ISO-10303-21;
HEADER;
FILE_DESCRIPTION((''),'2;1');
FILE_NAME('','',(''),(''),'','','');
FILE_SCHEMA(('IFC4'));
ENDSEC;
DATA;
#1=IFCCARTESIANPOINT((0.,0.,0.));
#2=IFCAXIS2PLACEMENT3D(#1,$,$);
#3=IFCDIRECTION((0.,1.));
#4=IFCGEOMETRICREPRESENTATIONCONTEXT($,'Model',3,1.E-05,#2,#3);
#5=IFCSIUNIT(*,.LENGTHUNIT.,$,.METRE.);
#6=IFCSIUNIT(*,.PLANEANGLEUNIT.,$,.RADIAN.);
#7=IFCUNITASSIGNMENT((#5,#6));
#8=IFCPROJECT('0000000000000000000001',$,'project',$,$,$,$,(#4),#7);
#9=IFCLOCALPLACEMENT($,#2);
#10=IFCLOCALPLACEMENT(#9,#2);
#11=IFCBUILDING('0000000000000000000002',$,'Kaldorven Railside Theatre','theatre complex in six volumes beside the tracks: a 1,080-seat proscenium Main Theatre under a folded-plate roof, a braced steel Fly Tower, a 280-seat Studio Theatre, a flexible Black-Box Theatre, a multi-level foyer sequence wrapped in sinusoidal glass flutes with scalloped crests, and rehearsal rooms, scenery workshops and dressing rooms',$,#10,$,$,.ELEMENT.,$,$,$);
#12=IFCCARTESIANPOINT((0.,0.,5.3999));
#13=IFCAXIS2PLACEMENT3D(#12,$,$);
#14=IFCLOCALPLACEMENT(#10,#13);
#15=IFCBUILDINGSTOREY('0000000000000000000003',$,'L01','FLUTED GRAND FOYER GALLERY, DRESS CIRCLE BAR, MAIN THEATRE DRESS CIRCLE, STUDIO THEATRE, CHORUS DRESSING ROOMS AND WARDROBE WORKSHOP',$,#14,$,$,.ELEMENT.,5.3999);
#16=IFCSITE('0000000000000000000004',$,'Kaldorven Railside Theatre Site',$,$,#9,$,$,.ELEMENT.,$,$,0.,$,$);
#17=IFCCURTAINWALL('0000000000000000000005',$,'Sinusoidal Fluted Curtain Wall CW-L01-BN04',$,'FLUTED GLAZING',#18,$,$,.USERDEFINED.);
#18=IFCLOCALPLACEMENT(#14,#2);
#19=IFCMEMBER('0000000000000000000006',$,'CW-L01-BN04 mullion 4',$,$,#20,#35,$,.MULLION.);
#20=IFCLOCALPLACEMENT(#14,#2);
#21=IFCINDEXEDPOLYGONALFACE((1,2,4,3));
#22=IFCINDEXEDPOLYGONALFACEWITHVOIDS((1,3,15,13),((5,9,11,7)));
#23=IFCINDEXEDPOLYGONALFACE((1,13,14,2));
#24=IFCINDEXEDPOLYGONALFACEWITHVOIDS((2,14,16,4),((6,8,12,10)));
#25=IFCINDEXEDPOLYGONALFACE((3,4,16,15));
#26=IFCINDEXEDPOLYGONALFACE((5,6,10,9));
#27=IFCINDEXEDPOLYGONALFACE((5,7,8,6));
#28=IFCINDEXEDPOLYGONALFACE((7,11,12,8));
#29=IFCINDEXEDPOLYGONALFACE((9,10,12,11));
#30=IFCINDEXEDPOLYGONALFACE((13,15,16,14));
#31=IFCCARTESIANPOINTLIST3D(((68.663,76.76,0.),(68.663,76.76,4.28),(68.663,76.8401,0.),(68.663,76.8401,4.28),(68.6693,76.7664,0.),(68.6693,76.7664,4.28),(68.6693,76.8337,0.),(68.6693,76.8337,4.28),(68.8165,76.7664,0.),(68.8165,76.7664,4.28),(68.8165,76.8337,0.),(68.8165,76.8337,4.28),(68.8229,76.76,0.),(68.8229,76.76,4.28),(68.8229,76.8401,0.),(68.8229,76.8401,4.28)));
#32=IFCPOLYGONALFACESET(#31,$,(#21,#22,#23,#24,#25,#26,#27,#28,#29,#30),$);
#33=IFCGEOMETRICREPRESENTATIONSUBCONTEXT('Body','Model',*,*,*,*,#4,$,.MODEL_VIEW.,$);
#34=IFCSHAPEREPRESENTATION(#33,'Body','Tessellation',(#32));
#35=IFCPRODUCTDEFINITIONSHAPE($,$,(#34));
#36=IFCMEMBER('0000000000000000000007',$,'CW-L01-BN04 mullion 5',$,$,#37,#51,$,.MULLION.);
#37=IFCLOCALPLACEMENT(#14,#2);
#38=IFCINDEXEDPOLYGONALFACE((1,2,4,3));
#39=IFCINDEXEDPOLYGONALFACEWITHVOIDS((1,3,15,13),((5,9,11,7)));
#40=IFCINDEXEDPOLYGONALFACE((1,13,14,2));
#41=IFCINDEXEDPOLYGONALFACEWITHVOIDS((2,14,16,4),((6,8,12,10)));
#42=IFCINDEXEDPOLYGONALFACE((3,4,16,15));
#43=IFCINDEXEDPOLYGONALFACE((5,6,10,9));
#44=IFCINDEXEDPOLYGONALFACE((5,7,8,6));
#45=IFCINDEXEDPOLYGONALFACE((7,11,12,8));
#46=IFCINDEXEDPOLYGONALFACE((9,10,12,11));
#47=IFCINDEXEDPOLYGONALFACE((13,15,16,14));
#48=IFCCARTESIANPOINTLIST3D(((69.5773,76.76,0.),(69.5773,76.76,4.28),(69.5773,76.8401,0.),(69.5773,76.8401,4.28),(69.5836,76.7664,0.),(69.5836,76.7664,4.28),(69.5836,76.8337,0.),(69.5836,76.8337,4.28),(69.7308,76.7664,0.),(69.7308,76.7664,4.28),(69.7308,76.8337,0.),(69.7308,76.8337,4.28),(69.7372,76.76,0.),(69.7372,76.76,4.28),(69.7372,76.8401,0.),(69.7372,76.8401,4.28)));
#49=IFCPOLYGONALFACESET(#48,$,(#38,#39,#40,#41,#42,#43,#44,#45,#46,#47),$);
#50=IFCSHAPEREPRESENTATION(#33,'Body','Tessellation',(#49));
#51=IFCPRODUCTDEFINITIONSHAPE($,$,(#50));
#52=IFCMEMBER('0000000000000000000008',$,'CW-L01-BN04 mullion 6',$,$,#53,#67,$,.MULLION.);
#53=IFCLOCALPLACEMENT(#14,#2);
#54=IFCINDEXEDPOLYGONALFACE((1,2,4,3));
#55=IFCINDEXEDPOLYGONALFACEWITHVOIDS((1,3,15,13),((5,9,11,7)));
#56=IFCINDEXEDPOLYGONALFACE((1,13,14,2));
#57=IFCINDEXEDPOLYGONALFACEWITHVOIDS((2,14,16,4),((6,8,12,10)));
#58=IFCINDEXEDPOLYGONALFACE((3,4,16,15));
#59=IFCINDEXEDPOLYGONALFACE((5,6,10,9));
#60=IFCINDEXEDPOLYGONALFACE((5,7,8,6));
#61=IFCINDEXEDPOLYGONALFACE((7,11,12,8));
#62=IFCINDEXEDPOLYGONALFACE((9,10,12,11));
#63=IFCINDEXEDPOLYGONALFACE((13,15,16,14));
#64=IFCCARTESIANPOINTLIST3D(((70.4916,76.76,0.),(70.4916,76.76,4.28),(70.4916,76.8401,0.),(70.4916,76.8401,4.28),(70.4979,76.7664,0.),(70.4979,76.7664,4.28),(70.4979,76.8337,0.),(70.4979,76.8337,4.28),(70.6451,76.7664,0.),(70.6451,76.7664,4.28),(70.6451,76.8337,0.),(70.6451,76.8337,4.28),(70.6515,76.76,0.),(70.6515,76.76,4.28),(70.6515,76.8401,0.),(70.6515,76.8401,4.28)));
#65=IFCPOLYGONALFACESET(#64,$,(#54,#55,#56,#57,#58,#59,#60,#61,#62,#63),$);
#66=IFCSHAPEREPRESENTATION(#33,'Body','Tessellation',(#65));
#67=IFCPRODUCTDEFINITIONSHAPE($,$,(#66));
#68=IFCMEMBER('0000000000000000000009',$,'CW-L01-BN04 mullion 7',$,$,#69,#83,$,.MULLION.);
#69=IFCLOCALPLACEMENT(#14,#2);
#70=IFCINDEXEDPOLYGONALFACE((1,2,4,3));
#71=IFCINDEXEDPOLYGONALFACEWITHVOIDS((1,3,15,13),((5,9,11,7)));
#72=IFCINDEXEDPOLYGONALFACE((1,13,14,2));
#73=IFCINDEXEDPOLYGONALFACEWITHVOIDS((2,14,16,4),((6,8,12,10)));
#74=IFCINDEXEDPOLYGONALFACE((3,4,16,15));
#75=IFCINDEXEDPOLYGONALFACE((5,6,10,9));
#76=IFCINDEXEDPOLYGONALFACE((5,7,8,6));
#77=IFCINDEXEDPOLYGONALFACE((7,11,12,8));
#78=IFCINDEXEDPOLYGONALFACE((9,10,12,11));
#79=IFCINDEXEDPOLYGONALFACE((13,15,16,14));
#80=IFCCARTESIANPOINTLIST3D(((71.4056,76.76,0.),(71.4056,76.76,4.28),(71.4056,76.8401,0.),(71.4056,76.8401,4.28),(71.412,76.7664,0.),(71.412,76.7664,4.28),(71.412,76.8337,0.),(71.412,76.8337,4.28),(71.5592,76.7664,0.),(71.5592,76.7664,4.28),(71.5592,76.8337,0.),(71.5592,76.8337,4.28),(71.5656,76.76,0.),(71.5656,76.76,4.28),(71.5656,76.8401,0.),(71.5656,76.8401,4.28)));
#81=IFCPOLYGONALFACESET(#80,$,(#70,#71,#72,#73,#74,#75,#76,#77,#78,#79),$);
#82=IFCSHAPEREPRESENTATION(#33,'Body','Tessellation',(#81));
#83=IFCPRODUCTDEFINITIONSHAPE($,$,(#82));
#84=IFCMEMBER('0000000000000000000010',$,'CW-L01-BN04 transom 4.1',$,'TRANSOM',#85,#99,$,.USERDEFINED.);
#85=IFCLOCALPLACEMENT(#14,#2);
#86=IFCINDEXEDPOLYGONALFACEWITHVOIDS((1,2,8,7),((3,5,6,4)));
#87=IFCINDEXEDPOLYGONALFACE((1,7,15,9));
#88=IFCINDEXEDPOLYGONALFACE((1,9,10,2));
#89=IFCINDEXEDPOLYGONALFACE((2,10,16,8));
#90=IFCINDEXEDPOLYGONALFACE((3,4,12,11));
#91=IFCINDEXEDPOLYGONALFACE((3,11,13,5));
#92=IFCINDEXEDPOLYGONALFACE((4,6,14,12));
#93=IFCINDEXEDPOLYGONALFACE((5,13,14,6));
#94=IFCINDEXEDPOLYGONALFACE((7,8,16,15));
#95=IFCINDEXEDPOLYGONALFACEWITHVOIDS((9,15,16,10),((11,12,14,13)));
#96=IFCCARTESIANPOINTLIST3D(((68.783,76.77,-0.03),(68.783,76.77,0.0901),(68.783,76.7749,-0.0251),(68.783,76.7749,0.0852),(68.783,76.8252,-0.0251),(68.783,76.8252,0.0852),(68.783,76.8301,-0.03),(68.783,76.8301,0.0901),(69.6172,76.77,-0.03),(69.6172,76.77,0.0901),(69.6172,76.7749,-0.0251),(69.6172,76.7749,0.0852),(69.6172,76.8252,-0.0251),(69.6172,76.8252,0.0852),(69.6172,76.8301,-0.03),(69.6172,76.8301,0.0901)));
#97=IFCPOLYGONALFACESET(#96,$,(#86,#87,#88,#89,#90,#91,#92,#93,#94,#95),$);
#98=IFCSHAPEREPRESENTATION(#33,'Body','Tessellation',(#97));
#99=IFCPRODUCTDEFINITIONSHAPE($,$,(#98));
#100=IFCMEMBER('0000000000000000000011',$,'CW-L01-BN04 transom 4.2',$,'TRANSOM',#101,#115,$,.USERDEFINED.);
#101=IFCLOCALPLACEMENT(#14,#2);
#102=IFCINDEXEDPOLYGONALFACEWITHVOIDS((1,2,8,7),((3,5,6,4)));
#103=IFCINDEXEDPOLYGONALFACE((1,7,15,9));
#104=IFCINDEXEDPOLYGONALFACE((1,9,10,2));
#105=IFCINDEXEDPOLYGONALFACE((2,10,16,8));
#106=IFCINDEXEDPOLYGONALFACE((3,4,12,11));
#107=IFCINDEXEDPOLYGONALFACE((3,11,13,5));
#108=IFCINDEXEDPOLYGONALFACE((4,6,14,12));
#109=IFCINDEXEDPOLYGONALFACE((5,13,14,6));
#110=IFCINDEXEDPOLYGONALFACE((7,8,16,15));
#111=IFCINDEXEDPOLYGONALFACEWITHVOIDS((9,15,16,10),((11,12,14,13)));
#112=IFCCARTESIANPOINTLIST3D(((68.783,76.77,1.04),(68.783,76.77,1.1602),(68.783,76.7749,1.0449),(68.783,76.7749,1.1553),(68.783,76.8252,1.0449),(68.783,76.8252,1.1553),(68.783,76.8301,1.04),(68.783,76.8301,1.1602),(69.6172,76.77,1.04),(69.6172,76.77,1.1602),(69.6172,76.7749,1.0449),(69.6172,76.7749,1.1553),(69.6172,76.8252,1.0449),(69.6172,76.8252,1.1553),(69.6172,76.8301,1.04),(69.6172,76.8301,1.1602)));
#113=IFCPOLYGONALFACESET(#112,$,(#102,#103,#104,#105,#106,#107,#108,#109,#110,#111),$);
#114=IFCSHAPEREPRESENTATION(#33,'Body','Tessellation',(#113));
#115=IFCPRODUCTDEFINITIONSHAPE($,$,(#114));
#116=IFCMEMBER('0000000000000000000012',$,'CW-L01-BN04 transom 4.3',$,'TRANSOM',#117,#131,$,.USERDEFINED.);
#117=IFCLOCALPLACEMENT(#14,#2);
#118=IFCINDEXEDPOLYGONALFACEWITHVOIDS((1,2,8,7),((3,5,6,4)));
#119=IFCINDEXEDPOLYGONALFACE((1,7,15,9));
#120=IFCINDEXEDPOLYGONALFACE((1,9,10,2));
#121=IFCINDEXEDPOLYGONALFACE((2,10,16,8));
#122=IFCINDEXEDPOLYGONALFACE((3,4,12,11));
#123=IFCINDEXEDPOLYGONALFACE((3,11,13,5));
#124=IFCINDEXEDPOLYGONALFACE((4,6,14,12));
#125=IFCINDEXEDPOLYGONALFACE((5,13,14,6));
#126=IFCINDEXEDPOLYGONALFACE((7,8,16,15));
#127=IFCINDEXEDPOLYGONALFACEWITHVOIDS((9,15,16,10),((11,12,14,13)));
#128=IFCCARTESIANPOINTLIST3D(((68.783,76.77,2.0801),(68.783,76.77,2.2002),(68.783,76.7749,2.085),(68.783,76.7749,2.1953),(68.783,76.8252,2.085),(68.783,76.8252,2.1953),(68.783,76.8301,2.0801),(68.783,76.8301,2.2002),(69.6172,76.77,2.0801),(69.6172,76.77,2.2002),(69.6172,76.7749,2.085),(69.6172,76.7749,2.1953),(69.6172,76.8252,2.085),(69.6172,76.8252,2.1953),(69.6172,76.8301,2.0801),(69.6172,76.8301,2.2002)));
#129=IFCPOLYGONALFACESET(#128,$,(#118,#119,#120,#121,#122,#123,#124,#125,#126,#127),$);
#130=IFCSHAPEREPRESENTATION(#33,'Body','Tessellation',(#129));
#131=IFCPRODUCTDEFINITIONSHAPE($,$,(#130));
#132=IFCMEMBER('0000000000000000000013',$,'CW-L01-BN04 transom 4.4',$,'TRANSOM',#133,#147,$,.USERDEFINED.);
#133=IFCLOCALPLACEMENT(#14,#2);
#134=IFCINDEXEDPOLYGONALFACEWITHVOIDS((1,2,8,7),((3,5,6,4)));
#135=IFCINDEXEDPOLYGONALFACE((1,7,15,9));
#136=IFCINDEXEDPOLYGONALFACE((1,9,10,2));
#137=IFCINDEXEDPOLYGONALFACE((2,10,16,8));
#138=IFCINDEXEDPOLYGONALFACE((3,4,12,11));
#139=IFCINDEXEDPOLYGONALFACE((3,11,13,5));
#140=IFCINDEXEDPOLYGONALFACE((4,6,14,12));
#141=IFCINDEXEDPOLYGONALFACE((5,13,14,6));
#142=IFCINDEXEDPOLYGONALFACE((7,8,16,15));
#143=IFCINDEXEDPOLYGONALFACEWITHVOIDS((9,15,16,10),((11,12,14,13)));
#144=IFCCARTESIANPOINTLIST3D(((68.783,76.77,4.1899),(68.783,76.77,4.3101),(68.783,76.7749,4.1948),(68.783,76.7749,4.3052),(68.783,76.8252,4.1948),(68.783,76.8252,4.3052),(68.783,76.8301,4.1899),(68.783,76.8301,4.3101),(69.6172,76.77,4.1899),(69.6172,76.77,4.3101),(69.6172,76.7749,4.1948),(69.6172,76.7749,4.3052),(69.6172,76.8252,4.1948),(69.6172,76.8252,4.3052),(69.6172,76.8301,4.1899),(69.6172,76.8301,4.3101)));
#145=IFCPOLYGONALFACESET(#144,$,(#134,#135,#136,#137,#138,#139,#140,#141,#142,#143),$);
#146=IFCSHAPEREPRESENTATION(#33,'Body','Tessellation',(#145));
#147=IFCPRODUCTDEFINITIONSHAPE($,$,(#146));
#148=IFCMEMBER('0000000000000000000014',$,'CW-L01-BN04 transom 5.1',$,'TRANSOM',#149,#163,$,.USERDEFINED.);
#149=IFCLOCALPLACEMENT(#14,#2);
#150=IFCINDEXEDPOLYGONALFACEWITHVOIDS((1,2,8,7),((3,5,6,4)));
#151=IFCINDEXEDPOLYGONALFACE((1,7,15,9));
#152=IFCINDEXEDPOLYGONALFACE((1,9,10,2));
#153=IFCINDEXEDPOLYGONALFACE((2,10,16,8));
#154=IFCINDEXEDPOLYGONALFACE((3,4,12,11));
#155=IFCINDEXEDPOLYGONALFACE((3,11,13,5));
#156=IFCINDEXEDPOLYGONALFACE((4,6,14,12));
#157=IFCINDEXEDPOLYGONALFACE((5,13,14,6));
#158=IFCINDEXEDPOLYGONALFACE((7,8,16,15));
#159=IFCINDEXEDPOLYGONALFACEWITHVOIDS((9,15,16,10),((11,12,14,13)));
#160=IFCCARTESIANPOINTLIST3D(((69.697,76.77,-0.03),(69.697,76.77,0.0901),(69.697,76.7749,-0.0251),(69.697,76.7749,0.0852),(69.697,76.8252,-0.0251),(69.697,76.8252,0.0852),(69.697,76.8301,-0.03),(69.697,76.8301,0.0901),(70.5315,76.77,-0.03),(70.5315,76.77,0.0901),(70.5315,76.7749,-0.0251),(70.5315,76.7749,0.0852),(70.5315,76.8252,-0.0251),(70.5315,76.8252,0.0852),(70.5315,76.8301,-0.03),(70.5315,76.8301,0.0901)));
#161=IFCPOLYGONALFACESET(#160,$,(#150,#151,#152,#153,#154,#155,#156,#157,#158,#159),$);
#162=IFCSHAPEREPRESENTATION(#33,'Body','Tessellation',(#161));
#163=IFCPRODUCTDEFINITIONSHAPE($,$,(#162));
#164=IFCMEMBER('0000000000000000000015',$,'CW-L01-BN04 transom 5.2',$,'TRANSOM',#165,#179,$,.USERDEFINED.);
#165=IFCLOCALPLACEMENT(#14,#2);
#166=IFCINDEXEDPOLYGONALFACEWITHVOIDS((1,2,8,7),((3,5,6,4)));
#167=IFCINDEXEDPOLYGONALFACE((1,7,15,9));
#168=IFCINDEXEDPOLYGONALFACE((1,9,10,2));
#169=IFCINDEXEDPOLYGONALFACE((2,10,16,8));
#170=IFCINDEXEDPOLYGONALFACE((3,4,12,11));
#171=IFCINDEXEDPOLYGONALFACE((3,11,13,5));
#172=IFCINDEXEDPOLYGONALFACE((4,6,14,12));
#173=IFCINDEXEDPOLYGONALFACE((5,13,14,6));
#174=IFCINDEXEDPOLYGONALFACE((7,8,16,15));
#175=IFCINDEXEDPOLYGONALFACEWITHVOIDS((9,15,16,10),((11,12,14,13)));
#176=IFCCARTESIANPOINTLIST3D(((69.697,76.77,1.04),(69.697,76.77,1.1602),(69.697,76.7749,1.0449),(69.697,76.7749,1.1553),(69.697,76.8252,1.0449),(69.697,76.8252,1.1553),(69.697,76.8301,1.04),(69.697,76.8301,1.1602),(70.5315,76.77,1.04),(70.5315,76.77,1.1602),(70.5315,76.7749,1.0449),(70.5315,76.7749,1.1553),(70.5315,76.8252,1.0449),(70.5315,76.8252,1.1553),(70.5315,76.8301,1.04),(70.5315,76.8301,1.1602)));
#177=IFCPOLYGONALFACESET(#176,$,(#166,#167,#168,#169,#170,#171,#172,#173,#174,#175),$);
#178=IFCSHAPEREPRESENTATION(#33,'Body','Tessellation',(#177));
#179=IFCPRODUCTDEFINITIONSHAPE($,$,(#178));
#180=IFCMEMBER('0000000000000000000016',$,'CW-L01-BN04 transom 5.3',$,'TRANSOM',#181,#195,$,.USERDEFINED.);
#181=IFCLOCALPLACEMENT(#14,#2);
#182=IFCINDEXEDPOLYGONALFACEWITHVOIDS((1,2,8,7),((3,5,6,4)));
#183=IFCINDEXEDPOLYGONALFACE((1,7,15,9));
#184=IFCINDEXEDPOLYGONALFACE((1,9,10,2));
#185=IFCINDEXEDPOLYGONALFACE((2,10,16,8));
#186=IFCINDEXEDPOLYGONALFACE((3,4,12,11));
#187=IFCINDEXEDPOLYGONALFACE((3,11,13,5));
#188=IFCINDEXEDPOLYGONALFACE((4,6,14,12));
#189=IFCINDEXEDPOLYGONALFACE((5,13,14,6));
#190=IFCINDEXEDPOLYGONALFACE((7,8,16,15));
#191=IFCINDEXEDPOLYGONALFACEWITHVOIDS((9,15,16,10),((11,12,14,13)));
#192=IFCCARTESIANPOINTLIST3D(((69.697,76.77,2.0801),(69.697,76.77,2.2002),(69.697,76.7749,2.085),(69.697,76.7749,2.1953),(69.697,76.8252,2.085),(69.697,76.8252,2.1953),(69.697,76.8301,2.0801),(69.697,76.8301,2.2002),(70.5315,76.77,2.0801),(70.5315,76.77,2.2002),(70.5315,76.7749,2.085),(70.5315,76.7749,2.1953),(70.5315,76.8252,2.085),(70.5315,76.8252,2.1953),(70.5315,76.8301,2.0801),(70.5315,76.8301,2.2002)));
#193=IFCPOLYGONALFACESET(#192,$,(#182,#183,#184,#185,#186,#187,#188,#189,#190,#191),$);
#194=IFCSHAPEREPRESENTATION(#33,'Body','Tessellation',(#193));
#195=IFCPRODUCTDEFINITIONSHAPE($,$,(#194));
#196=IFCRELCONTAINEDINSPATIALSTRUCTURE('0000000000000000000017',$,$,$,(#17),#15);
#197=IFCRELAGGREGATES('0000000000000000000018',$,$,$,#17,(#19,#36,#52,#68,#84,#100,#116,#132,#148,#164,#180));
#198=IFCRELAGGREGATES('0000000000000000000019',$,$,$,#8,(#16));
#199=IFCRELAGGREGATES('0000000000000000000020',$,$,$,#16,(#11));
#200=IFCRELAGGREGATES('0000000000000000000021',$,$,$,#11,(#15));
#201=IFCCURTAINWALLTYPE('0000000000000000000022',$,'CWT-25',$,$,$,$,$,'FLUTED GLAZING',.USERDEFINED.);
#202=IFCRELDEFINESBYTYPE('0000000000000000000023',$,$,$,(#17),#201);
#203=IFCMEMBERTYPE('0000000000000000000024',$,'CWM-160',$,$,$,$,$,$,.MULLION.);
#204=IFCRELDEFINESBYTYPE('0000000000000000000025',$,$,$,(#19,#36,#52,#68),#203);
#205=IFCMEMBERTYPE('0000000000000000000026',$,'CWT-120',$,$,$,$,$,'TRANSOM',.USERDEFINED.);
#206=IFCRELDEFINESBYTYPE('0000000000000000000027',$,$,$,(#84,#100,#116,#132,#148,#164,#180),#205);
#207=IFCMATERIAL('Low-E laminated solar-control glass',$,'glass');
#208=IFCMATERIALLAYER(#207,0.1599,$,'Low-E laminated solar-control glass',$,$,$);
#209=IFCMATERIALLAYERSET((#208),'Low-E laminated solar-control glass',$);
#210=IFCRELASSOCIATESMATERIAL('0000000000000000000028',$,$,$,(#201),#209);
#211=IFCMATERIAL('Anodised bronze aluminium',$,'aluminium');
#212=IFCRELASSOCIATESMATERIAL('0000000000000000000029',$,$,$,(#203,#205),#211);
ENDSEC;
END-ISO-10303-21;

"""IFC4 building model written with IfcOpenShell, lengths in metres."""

from ifc_helpers import new_model, si_unit, direction, frame, origin, origin_2d, place, context, subcontext, project, spatial, hollow_rectangle, extrude, material, layer, layer_set, material_profile, profile_set, type_object, element, aggregate, save


model = new_model("IFC4")

# Units and contexts
model_context = context("Model", 3, precision=1e-05, world=origin(), true_north=direction((0.0, 1.0)))
body_context = subcontext(model_context, "Body", "Model", "MODEL_VIEW")
ifc_project = project(units=[si_unit("LENGTHUNIT", "METRE"), si_unit("PLANEANGLEUNIT", "RADIAN")], contexts=[model_context])

# Site, building, storey
site_placement = place(None, origin())
site = spatial("IfcSite", under=ifc_project, at=site_placement, Name="Kaldorven Railside Theatre Site", CompositionType="ELEMENT", RefElevation=0.0)
building_placement = place(site_placement, origin())
building = spatial("IfcBuilding", under=site, at=building_placement, Name="Kaldorven Railside Theatre", Description="theatre complex in six volumes beside the tracks: a 1,080-seat proscenium Main Theatre under a folded-plate roof, a braced steel Fly Tower, a 280-seat Studio Theatre, a flexible Black-Box Theatre, a multi-level foyer sequence wrapped in sinusoidal glass flutes with scalloped crests, and rehearsal rooms, scenery workshops and dressing rooms", CompositionType="ELEMENT")
storey_placement = place(building_placement, frame((0.0, 0.0, 5.3999)))
storey = spatial("IfcBuildingStorey", under=building, at=storey_placement, Name="L01", Description="FLUTED GRAND FOYER GALLERY, DRESS CIRCLE BAR, MAIN THEATRE DRESS CIRCLE, STUDIO THEATRE, CHORUS DRESSING ROOMS AND WARDROBE WORKSHOP", CompositionType="ELEMENT", Elevation=5.3999)

# Curtain wall, members
ifc_material_1 = material(Name="Low-E laminated solar-control glass", Category="glass")
ifc_layer_1 = layer(ifc_material_1, 0.1599, Name="Low-E laminated solar-control glass")
ifc_layer_set_1 = layer_set([ifc_layer_1], Name="Low-E laminated solar-control glass")
curtain_wall_type = type_object("IfcCurtainWallType", Name="CWT-25", ElementType="FLUTED GLAZING", PredefinedType="USERDEFINED", material=ifc_layer_set_1)
curtain_wall_placement = place(storey_placement, origin())
curtain_wall = element("IfcCurtainWall", 1, at=curtain_wall_placement, inside=storey, type_object=curtain_wall_type, Name="Sinusoidal Fluted Curtain Wall CW-L01-BN04", ObjectType="FLUTED GLAZING", PredefinedType="USERDEFINED")
ifc_material_2 = material(Name="Anodised bronze aluminium", Category="aluminium")
ifc_material_profile_1 = material_profile(ifc_material_2, hollow_rectangle(XDim=0.0801, YDim=0.1599, WallThickness=0.0063, at=origin_2d()), Name="RHS 160x80x6.3")
ifc_profile_set_1 = profile_set([ifc_material_profile_1], Name="Anodised bronze aluminium")
member_type_1 = type_object("IfcMemberType", Name="CWM-160", PredefinedType="MULLION", material=ifc_profile_set_1)
member_1_placement = place(storey_placement, frame((68.7429, 76.8, 0.0), z_axis=(0.0, 0.0, 1.0), x_axis=(0.0, 1.0, 0.0)))
member_1 = element("IfcMember", 2, at=member_1_placement, type_object=member_type_1, Name="CW-L01-BN04 mullion 4", PredefinedType="MULLION", context=body_context, shape_type="SweptSolid", body=[
    extrude(hollow_rectangle(XDim=0.0801, YDim=0.1599, WallThickness=0.0063, at=origin_2d()), origin(), (0.0, 0.0, 1.0), 4.28),
])
member_2_placement = place(storey_placement, frame((69.6572, 76.8, 0.0), z_axis=(0.0, 0.0, 1.0), x_axis=(0.0, 1.0, 0.0)))
member_2 = element("IfcMember", 3, at=member_2_placement, type_object=member_type_1, Name="CW-L01-BN04 mullion 5", PredefinedType="MULLION", context=body_context, shape_type="SweptSolid", body=[
    extrude(hollow_rectangle(XDim=0.0801, YDim=0.1599, WallThickness=0.0063, at=origin_2d()), origin(), (0.0, 0.0, 1.0), 4.28),
])
member_3_placement = place(storey_placement, frame((70.5715, 76.8, 0.0), z_axis=(0.0, 0.0, 1.0), x_axis=(0.0, 1.0, 0.0)))
member_3 = element("IfcMember", 4, at=member_3_placement, type_object=member_type_1, Name="CW-L01-BN04 mullion 6", PredefinedType="MULLION", context=body_context, shape_type="SweptSolid", body=[
    extrude(hollow_rectangle(XDim=0.0801, YDim=0.1599, WallThickness=0.0063, at=origin_2d()), origin(), (0.0, 0.0, 1.0), 4.28),
])
member_4_placement = place(storey_placement, frame((71.4856, 76.8, 0.0), z_axis=(0.0, 0.0, 1.0), x_axis=(0.0, 1.0, 0.0)))
member_4 = element("IfcMember", 5, at=member_4_placement, type_object=member_type_1, Name="CW-L01-BN04 mullion 7", PredefinedType="MULLION", context=body_context, shape_type="SweptSolid", body=[
    extrude(hollow_rectangle(XDim=0.0801, YDim=0.1599, WallThickness=0.0063, at=origin_2d()), origin(), (0.0, 0.0, 1.0), 4.28),
])
ifc_material_profile_2 = material_profile(ifc_material_2, hollow_rectangle(XDim=0.0601, YDim=0.1201, WallThickness=0.0049, at=origin_2d()), Name="RHS 120x60x5")
ifc_profile_set_2 = profile_set([ifc_material_profile_2], Name="Anodised bronze aluminium")
member_type_2 = type_object("IfcMemberType", Name="CWT-120", ElementType="TRANSOM", PredefinedType="USERDEFINED", material=ifc_profile_set_2)
member_5_placement = place(storey_placement, frame((68.783, 76.8, 0.03), z_axis=(1.0, 0.0, 0.0), x_axis=(0.0, 1.0, 0.0)))
member_5 = element("IfcMember", 6, at=member_5_placement, type_object=member_type_2, Name="CW-L01-BN04 transom 4.1", ObjectType="TRANSOM", PredefinedType="USERDEFINED", context=body_context, shape_type="SweptSolid", body=[
    extrude(hollow_rectangle(XDim=0.0601, YDim=0.1201, WallThickness=0.0049, at=origin_2d()), origin(), (0.0, 0.0, 1.0), 0.8342),
])
member_6_placement = place(storey_placement, frame((68.783, 76.8, 1.1001), z_axis=(1.0, 0.0, 0.0), x_axis=(0.0, 1.0, 0.0)))
member_6 = element("IfcMember", 7, at=member_6_placement, type_object=member_type_2, Name="CW-L01-BN04 transom 4.2", ObjectType="TRANSOM", PredefinedType="USERDEFINED", context=body_context, shape_type="SweptSolid", body=[
    extrude(hollow_rectangle(XDim=0.0601, YDim=0.1201, WallThickness=0.0049, at=origin_2d()), origin(), (0.0, 0.0, 1.0), 0.8342),
])
member_7_placement = place(storey_placement, frame((68.783, 76.8, 2.1401), z_axis=(1.0, 0.0, 0.0), x_axis=(0.0, 1.0, 0.0)))
member_7 = element("IfcMember", 8, at=member_7_placement, type_object=member_type_2, Name="CW-L01-BN04 transom 4.3", ObjectType="TRANSOM", PredefinedType="USERDEFINED", context=body_context, shape_type="SweptSolid", body=[
    extrude(hollow_rectangle(XDim=0.0601, YDim=0.1201, WallThickness=0.0049, at=origin_2d()), origin(), (0.0, 0.0, 1.0), 0.8342),
])
member_8_placement = place(storey_placement, frame((68.783, 76.8, 4.25), z_axis=(1.0, 0.0, 0.0), x_axis=(0.0, 1.0, 0.0)))
member_8 = element("IfcMember", 9, at=member_8_placement, type_object=member_type_2, Name="CW-L01-BN04 transom 4.4", ObjectType="TRANSOM", PredefinedType="USERDEFINED", context=body_context, shape_type="SweptSolid", body=[
    extrude(hollow_rectangle(XDim=0.0601, YDim=0.1201, WallThickness=0.0049, at=origin_2d()), origin(), (0.0, 0.0, 1.0), 0.8342),
])
member_9_placement = place(storey_placement, frame((69.697, 76.8, 0.03), z_axis=(1.0, 0.0, 0.0), x_axis=(0.0, 1.0, 0.0)))
member_9 = element("IfcMember", 10, at=member_9_placement, type_object=member_type_2, Name="CW-L01-BN04 transom 5.1", ObjectType="TRANSOM", PredefinedType="USERDEFINED", context=body_context, shape_type="SweptSolid", body=[
    extrude(hollow_rectangle(XDim=0.0601, YDim=0.1201, WallThickness=0.0049, at=origin_2d()), origin(), (0.0, 0.0, 1.0), 0.8345),
])
member_10_placement = place(storey_placement, frame((69.697, 76.8, 1.1001), z_axis=(1.0, 0.0, 0.0), x_axis=(0.0, 1.0, 0.0)))
member_10 = element("IfcMember", 11, at=member_10_placement, type_object=member_type_2, Name="CW-L01-BN04 transom 5.2", ObjectType="TRANSOM", PredefinedType="USERDEFINED", context=body_context, shape_type="SweptSolid", body=[
    extrude(hollow_rectangle(XDim=0.0601, YDim=0.1201, WallThickness=0.0049, at=origin_2d()), origin(), (0.0, 0.0, 1.0), 0.8345),
])
member_11_placement = place(storey_placement, frame((69.697, 76.8, 2.1401), z_axis=(1.0, 0.0, 0.0), x_axis=(0.0, 1.0, 0.0)))
member_11 = element("IfcMember", 12, at=member_11_placement, type_object=member_type_2, Name="CW-L01-BN04 transom 5.3", ObjectType="TRANSOM", PredefinedType="USERDEFINED", context=body_context, shape_type="SweptSolid", body=[
    extrude(hollow_rectangle(XDim=0.0601, YDim=0.1201, WallThickness=0.0049, at=origin_2d()), origin(), (0.0, 0.0, 1.0), 0.8345),
])
aggregate(curtain_wall, [member_1, member_2, member_3, member_4, member_5, member_6, member_7, member_8, member_9, member_10, member_11])

save(model, "model.ifc")
